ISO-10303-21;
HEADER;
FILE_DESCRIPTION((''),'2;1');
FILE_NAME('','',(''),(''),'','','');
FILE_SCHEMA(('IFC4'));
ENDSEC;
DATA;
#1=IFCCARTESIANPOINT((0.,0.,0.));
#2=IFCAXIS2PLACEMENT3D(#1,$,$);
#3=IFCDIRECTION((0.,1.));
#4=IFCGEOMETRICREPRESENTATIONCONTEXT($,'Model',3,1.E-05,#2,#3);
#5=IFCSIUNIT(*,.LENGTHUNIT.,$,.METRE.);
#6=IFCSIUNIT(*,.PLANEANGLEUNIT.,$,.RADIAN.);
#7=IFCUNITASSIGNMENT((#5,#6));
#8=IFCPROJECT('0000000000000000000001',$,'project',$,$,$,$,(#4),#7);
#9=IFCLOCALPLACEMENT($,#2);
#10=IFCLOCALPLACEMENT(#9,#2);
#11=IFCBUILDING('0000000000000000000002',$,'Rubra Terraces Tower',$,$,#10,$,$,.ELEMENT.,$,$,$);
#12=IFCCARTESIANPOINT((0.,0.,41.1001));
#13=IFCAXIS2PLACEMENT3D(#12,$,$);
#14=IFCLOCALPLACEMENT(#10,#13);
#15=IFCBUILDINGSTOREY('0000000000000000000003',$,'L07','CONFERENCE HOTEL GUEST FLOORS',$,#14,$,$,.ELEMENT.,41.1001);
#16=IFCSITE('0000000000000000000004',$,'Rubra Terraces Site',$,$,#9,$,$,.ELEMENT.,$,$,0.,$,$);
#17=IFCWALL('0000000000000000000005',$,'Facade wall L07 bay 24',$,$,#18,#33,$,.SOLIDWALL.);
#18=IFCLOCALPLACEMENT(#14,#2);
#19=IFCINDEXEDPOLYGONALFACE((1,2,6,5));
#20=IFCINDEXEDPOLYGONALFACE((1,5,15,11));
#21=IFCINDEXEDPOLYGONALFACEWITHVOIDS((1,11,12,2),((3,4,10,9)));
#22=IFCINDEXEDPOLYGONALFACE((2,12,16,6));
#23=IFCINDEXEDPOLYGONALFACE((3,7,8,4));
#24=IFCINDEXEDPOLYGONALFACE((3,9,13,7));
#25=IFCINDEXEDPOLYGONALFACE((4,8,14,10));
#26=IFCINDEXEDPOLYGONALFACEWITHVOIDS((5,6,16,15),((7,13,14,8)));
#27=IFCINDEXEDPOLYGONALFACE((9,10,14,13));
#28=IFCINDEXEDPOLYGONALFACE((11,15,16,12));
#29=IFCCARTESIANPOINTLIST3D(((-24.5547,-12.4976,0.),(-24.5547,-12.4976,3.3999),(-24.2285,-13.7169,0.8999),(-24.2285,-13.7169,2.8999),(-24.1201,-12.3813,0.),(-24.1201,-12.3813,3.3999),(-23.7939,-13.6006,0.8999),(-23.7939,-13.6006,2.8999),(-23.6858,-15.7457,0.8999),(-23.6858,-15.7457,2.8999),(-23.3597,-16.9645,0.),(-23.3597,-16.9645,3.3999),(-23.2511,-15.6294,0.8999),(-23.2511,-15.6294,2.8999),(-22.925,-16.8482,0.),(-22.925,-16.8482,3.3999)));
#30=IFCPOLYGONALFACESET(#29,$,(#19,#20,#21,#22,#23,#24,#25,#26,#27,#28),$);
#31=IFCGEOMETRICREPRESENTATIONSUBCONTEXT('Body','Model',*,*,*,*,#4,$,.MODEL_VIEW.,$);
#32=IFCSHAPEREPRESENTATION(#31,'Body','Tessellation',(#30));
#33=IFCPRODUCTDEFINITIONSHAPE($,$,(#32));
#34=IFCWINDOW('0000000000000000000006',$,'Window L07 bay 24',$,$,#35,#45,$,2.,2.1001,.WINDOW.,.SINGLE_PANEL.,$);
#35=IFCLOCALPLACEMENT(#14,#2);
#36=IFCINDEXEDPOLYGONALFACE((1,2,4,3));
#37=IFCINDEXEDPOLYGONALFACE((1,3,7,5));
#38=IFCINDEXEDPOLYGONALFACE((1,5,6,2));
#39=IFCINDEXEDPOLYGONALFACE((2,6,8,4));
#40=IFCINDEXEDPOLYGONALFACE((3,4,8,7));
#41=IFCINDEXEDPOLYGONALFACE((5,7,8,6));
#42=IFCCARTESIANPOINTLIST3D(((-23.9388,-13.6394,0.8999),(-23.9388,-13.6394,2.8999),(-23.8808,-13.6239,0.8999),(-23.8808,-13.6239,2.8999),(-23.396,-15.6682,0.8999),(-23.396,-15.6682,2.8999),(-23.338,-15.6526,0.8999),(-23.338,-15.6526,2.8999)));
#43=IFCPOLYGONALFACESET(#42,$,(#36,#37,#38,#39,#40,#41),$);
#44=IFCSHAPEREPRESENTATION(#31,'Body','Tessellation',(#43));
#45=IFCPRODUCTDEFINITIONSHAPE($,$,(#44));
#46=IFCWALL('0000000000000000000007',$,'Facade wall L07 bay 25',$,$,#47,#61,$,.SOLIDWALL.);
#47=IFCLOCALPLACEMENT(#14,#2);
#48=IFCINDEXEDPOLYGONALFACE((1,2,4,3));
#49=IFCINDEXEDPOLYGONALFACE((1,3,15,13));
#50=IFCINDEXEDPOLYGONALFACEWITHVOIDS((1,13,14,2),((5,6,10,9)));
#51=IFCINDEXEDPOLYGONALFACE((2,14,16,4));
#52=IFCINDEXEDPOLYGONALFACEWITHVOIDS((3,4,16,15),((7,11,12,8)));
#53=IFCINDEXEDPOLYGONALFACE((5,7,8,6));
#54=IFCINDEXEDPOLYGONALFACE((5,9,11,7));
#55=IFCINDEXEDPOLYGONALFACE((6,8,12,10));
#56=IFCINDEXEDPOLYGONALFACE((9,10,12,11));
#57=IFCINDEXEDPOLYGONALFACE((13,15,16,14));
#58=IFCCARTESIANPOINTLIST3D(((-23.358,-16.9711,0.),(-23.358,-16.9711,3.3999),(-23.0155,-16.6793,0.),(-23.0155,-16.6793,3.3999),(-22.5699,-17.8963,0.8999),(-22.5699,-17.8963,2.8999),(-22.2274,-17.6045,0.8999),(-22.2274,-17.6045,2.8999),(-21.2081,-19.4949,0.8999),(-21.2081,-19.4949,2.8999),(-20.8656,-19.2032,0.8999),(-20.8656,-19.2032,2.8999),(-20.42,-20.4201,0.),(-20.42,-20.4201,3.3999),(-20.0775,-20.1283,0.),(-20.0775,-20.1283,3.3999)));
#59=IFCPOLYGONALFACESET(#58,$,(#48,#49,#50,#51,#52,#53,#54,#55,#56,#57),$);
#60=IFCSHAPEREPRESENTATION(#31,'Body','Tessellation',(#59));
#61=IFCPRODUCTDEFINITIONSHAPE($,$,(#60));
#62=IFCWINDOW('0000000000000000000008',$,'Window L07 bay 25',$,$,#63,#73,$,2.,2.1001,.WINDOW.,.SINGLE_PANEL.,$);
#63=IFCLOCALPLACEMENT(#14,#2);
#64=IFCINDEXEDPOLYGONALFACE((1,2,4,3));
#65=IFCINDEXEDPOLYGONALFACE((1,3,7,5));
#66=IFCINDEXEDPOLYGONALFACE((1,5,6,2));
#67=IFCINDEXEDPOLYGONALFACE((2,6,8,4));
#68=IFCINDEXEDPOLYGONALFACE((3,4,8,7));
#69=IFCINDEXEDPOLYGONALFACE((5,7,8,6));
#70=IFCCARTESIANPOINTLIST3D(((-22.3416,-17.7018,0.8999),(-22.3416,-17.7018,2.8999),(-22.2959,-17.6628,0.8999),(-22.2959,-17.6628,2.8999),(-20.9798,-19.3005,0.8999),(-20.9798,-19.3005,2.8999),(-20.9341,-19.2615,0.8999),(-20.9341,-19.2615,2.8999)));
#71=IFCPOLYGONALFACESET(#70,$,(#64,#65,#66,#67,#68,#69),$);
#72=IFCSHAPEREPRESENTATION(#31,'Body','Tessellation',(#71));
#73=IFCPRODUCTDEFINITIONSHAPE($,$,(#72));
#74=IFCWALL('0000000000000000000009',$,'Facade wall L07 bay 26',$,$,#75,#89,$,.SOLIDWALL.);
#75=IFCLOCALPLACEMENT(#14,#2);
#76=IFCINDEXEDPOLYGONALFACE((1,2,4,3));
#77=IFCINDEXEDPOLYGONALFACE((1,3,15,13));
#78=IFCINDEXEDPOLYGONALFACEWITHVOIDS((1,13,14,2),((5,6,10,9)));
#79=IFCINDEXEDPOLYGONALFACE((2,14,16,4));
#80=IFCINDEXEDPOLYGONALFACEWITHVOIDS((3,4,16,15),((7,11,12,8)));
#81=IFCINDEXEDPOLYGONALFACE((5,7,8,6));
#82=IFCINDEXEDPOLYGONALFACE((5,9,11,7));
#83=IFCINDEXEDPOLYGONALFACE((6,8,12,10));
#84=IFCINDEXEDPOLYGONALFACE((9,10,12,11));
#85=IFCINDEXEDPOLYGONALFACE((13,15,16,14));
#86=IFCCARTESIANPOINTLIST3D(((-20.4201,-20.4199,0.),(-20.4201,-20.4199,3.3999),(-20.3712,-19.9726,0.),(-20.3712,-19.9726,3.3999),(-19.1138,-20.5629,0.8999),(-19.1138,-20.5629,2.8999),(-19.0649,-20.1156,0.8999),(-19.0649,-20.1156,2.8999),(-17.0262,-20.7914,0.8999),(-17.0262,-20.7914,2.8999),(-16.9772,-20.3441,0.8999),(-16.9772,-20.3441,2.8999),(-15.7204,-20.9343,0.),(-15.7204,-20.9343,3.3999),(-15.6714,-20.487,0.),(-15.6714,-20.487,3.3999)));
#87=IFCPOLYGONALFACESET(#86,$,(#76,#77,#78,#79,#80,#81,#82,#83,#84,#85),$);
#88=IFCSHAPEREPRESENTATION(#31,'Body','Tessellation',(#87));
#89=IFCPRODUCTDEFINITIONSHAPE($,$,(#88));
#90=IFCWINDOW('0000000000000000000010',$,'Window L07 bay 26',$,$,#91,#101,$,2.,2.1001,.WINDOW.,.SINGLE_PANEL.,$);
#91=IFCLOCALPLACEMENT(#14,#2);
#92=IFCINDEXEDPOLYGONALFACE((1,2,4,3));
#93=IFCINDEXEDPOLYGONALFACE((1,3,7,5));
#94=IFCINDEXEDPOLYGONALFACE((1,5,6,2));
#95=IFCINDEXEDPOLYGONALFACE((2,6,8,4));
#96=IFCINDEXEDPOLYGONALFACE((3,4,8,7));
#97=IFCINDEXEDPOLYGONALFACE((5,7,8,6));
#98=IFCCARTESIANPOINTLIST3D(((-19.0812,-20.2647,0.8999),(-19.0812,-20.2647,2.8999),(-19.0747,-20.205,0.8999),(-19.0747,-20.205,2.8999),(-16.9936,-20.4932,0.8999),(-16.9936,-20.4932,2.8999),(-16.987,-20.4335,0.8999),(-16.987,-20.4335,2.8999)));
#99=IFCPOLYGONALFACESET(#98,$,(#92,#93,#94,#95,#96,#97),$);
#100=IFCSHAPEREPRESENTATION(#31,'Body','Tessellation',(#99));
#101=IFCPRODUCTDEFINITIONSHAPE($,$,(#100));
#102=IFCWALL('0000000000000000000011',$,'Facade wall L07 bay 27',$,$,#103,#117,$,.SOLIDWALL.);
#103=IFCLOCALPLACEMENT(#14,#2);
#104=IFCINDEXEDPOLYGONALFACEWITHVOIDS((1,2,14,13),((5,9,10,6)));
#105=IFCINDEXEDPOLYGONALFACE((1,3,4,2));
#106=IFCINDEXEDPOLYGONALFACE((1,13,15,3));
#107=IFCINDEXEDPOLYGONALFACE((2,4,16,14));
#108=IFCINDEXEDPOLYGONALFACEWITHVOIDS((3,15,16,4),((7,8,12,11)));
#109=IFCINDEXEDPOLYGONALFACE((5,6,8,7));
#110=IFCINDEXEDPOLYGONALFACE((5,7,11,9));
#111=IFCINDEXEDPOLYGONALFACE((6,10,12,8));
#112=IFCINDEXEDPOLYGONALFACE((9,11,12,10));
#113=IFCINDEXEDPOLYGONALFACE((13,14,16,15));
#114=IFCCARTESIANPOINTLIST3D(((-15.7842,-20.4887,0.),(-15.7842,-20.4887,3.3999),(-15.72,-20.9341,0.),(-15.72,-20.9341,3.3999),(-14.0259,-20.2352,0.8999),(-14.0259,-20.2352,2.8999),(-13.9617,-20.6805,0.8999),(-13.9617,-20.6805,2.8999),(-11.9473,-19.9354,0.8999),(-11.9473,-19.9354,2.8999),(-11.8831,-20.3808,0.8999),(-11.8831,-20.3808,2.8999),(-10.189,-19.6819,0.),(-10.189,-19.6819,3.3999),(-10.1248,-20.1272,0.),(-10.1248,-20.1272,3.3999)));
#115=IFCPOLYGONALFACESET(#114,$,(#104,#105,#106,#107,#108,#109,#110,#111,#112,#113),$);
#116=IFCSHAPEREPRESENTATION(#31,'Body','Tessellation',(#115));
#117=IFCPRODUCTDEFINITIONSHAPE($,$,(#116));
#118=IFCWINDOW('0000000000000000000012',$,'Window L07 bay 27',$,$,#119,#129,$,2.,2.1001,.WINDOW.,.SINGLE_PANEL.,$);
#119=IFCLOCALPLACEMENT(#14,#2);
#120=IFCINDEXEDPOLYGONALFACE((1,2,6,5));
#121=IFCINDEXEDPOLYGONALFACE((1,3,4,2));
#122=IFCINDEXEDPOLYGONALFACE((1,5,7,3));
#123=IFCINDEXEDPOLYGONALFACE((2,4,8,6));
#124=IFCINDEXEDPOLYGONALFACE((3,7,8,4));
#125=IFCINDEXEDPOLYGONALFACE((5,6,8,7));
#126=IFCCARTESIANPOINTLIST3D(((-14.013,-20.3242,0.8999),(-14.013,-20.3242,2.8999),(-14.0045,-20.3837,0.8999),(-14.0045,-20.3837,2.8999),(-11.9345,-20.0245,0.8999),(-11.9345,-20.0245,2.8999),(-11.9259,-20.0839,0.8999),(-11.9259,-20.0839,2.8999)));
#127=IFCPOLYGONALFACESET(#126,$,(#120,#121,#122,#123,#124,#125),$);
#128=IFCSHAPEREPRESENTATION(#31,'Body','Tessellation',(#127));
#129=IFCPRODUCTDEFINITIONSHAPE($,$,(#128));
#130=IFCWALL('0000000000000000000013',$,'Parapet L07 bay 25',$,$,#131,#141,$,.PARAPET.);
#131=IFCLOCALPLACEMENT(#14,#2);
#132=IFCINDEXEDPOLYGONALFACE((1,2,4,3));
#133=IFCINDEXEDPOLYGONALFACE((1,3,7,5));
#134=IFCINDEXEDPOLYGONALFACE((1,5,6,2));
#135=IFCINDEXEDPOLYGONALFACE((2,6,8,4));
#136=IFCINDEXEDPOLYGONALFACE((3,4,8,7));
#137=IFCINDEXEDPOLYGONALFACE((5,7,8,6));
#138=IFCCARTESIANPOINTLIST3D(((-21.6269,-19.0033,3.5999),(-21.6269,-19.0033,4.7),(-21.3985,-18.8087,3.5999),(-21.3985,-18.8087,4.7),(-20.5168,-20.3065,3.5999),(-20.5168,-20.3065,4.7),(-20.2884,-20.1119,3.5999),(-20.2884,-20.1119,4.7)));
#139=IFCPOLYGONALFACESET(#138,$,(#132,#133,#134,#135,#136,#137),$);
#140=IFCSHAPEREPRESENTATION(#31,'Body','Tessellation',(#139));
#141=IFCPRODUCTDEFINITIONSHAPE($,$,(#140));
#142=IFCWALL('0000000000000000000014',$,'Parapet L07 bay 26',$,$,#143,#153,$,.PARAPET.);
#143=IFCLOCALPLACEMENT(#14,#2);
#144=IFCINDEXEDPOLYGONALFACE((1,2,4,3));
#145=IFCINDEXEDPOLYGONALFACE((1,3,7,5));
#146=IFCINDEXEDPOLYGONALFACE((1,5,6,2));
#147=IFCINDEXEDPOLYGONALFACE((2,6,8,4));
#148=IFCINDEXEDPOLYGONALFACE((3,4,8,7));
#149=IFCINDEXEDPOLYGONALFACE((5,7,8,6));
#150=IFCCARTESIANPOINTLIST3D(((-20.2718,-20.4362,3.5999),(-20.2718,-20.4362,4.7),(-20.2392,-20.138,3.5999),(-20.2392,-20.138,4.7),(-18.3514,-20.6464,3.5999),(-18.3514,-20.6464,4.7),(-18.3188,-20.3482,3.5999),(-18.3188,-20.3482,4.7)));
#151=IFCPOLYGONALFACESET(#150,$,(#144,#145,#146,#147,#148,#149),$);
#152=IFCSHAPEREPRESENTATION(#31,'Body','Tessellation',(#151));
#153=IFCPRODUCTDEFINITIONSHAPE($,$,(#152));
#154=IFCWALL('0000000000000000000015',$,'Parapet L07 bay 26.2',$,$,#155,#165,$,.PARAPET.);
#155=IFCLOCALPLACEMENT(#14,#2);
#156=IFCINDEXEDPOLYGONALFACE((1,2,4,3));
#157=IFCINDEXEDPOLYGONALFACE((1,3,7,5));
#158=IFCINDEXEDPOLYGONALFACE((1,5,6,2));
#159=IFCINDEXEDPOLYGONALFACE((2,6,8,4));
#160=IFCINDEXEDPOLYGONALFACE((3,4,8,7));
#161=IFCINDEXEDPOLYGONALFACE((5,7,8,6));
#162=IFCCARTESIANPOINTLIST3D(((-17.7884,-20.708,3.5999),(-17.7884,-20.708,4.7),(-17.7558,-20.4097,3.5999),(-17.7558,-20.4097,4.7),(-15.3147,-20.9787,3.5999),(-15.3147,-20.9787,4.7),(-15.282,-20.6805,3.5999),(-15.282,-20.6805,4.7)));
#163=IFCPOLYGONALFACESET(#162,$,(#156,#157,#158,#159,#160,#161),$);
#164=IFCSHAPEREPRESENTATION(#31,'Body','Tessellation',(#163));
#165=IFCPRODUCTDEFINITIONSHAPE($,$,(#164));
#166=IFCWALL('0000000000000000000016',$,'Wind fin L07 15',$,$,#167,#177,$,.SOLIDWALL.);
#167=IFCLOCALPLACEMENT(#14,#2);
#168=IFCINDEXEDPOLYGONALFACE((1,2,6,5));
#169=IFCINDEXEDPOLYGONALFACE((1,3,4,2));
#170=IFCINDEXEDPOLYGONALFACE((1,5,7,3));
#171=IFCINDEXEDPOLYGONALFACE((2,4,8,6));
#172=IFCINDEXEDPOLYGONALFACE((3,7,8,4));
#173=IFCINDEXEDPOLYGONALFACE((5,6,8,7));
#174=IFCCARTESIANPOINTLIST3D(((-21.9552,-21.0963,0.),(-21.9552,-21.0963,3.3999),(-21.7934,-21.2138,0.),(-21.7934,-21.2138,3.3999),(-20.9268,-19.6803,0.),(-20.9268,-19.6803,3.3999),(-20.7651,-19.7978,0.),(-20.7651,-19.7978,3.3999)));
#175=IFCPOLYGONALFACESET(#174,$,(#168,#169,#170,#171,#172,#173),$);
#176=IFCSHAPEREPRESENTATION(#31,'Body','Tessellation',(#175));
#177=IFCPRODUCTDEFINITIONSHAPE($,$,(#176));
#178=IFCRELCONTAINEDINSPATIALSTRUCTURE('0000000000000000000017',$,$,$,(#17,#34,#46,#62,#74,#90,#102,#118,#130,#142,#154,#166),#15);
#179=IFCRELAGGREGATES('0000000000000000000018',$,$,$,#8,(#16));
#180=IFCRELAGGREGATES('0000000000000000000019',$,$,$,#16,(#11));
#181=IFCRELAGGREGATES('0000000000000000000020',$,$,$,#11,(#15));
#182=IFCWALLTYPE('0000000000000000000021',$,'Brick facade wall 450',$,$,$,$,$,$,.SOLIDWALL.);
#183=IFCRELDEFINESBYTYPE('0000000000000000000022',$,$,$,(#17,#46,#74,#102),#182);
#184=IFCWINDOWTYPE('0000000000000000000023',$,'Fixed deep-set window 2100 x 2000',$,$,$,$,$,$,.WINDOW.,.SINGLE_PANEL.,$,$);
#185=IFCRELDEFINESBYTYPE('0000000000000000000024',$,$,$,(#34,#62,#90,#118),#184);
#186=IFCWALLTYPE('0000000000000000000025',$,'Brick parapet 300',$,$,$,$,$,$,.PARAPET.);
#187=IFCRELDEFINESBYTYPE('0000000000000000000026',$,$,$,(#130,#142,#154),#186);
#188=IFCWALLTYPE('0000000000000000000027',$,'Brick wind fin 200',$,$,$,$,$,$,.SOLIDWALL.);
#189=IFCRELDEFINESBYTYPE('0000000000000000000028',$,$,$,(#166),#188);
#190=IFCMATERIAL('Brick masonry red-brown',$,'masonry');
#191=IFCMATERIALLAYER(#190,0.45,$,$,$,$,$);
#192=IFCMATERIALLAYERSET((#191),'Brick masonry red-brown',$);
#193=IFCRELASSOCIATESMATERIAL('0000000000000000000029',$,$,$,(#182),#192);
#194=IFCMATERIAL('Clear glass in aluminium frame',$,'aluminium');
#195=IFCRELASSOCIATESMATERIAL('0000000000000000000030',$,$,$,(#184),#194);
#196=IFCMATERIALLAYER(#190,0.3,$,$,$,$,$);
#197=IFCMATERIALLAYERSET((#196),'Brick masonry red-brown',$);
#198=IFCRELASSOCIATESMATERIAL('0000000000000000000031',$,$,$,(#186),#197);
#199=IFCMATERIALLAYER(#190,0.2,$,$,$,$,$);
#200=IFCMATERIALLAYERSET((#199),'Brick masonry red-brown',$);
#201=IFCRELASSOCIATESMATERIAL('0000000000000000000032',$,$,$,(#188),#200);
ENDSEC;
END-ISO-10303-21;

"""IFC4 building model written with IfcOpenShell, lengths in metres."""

from ifc_helpers import new_model, si_unit, direction, frame, frame_2d, origin, place, context, subcontext, project, spatial, rectangle, extrude, material, layer, layer_set, type_object, element, fill, save


model = new_model("IFC4")

# Units and contexts
model_context = context("Model", 3, precision=1e-05, world=origin(), true_north=direction((0.0, 1.0)))
body_context = subcontext(model_context, "Body", "Model", "MODEL_VIEW")
ifc_project = project(units=[si_unit("LENGTHUNIT", "METRE"), si_unit("PLANEANGLEUNIT", "RADIAN")], contexts=[model_context])

# Site, building, storey
site_placement = place(None, origin())
site = spatial("IfcSite", under=ifc_project, at=site_placement, Name="Rubra Terraces Site", CompositionType="ELEMENT", RefElevation=0.0)
building_placement = place(site_placement, origin())
building = spatial("IfcBuilding", under=site, at=building_placement, Name="Rubra Terraces Tower", CompositionType="ELEMENT")
storey_placement = place(building_placement, frame((0.0, 0.0, 41.1001)))
storey = spatial("IfcBuildingStorey", under=building, at=storey_placement, Name="L07", Description="CONFERENCE HOTEL GUEST FLOORS", CompositionType="ELEMENT", Elevation=41.1001)

# Walls, openings, windows
ifc_material_1 = material(Name="Brick masonry red-brown", Category="masonry")
ifc_layer_1 = layer(ifc_material_1, 0.45)
ifc_layer_set_1 = layer_set([ifc_layer_1], Name="Brick masonry red-brown")
wall_type_1 = type_object("IfcWallType", Name="Brick facade wall 450", PredefinedType="SOLIDWALL", material=ifc_layer_set_1)
wall_1_placement = place(storey_placement, frame((-24.3374, -12.4395, 0.0), z_axis=(0.0, 0.0, 1.0), x_axis=(0.258441, -0.966027, 0.0)))
wall_1 = element("IfcWall", 1, at=wall_1_placement, inside=storey, type_object=wall_type_1, Name="Facade wall L07 bay 24", PredefinedType="SOLIDWALL", context=body_context, shape_type="SweptSolid", body=[
    extrude(rectangle(XDim=4.624, YDim=0.45, at=frame_2d((2.312, 0.0))), origin(), (0.0, 0.0, 1.0), 3.3999),
])
opening_1_placement = place(wall_1_placement, frame((1.2622, 0.0, 0.8999)))
opening_1 = element("IfcOpeningElement", 2, at=opening_1_placement, cuts=wall_1, PredefinedType="OPENING", context=body_context, shape_type="SweptSolid", body=[
    extrude(rectangle(XDim=2.1001, YDim=2.0, at=frame_2d((1.05, 1.0))), frame((0.0, 0.2349, 0.0), z_axis=(0.0, -1.0, 0.0), x_axis=(1.0, 0.0, 0.0)), (0.0, 0.0, 1.0), 0.47),
])
ifc_material_2 = material(Name="Clear glass in aluminium frame", Category="aluminium")
window_type = type_object("IfcWindowType", Name="Fixed deep-set window 2100 x 2000", PartitioningType="SINGLE_PANEL", PredefinedType="WINDOW", material=ifc_material_2)
window_1_placement = place(opening_1_placement, origin())
window_1 = element("IfcWindow", 3, at=window_1_placement, inside=storey, type_object=window_type, Name="Window L07 bay 24", OverallHeight=2.0, OverallWidth=2.1001, PartitioningType="SINGLE_PANEL", PredefinedType="WINDOW", context=body_context, shape_type="SweptSolid", body=[
    extrude(rectangle(XDim=2.1001, YDim=2.0, at=frame_2d((1.05, 1.0))), frame((0.0, 0.135, 0.0), z_axis=(0.0, -1.0, 0.0), x_axis=(1.0, 0.0, 0.0)), (0.0, 0.0, 1.0), 0.0601),
])
fill(opening_1, window_1)
wall_2_placement = place(storey_placement, frame((-23.1868, -16.8252, 0.0), z_axis=(0.0, 0.0, 1.0), x_axis=(0.648463, -0.761246, 0.0)))
wall_2 = element("IfcWall", 4, at=wall_2_placement, inside=storey, type_object=wall_type_1, Name="Facade wall L07 bay 25", PredefinedType="SOLIDWALL", context=body_context, shape_type="SweptSolid", body=[
    extrude(rectangle(XDim=4.5308, YDim=0.45, at=frame_2d((2.2654, 0.0))), origin(), (0.0, 0.0, 1.0), 3.3999),
])
opening_2_placement = place(wall_2_placement, frame((1.2153, 0.0, 0.8999)))
opening_2 = element("IfcOpeningElement", 5, at=opening_2_placement, cuts=wall_2, PredefinedType="OPENING", context=body_context, shape_type="SweptSolid", body=[
    extrude(rectangle(XDim=2.1001, YDim=2.0, at=frame_2d((1.05, 1.0))), frame((0.0, 0.2349, 0.0), z_axis=(0.0, -1.0, 0.0), x_axis=(1.0, 0.0, 0.0)), (0.0, 0.0, 1.0), 0.47),
])
window_2_placement = place(opening_2_placement, origin())
window_2 = element("IfcWindow", 6, at=window_2_placement, inside=storey, type_object=window_type, Name="Window L07 bay 25", OverallHeight=2.0, OverallWidth=2.1001, PartitioningType="SINGLE_PANEL", PredefinedType="WINDOW", context=body_context, shape_type="SweptSolid", body=[
    extrude(rectangle(XDim=2.1001, YDim=2.0, at=frame_2d((1.05, 1.0))), frame((0.0, 0.135, 0.0), z_axis=(0.0, -1.0, 0.0), x_axis=(1.0, 0.0, 0.0)), (0.0, 0.0, 1.0), 0.0601),
])
fill(opening_2, window_2)
wall_3_placement = place(storey_placement, frame((-20.3955, -20.1963, 0.0), z_axis=(0.0, 0.0, 1.0), x_axis=(0.994063, -0.108805, 0.0)))
wall_3 = element("IfcWall", 7, at=wall_3_placement, inside=storey, type_object=wall_type_1, Name="Facade wall L07 bay 26", PredefinedType="SOLIDWALL", context=body_context, shape_type="SweptSolid", body=[
    extrude(rectangle(XDim=4.7278, YDim=0.45, at=frame_2d((2.3638, 0.0))), origin(), (0.0, 0.0, 1.0), 3.3999),
])
opening_3_placement = place(wall_3_placement, frame((1.314, 0.0, 0.8999)))
opening_3 = element("IfcOpeningElement", 8, at=opening_3_placement, cuts=wall_3, PredefinedType="OPENING", context=body_context, shape_type="SweptSolid", body=[
    extrude(rectangle(XDim=2.1001, YDim=2.0, at=frame_2d((1.05, 1.0))), frame((0.0, 0.2349, 0.0), z_axis=(0.0, -1.0, 0.0), x_axis=(1.0, 0.0, 0.0)), (0.0, 0.0, 1.0), 0.47),
])
window_3_placement = place(opening_3_placement, origin())
window_3 = element("IfcWindow", 9, at=window_3_placement, inside=storey, type_object=window_type, Name="Window L07 bay 26", OverallHeight=2.0, OverallWidth=2.1001, PartitioningType="SINGLE_PANEL", PredefinedType="WINDOW", context=body_context, shape_type="SweptSolid", body=[
    extrude(rectangle(XDim=2.1001, YDim=2.0, at=frame_2d((1.05, 1.0))), frame((0.0, 0.135, 0.0), z_axis=(0.0, -1.0, 0.0), x_axis=(1.0, 0.0, 0.0)), (0.0, 0.0, 1.0), 0.0601),
])
fill(opening_3, window_3)
wall_4_placement = place(storey_placement, frame((-15.7522, -20.7114, 0.0), z_axis=(0.0, 0.0, 1.0), x_axis=(0.989761, 0.142733, 0.0)))
wall_4 = element("IfcWall", 10, at=wall_4_placement, inside=storey, type_object=wall_type_1, Name="Facade wall L07 bay 27", PredefinedType="SOLIDWALL", context=body_context, shape_type="SweptSolid", body=[
    extrude(rectangle(XDim=5.6531, YDim=0.45, at=frame_2d((2.8267, 0.0))), origin(), (0.0, 0.0, 1.0), 3.3999),
])
opening_4_placement = place(wall_4_placement, frame((1.7766, 0.0, 0.8999)))
opening_4 = element("IfcOpeningElement", 11, at=opening_4_placement, cuts=wall_4, PredefinedType="OPENING", context=body_context, shape_type="SweptSolid", body=[
    extrude(rectangle(XDim=2.1001, YDim=2.0, at=frame_2d((1.05, 1.0))), frame((0.0, 0.2349, 0.0), z_axis=(0.0, -1.0, 0.0), x_axis=(1.0, 0.0, 0.0)), (0.0, 0.0, 1.0), 0.47),
])
window_4_placement = place(opening_4_placement, origin())
window_4 = element("IfcWindow", 12, at=window_4_placement, inside=storey, type_object=window_type, Name="Window L07 bay 27", OverallHeight=2.0, OverallWidth=2.1001, PartitioningType="SINGLE_PANEL", PredefinedType="WINDOW", context=body_context, shape_type="SweptSolid", body=[
    extrude(rectangle(XDim=2.1001, YDim=2.0, at=frame_2d((1.05, 1.0))), frame((0.0, 0.135, 0.0), z_axis=(0.0, -1.0, 0.0), x_axis=(1.0, 0.0, 0.0)), (0.0, 0.0, 1.0), 0.0601),
])
fill(opening_4, window_4)

# Walls
ifc_layer_2 = layer(ifc_material_1, 0.3)
ifc_layer_set_2 = layer_set([ifc_layer_2], Name="Brick masonry red-brown")
wall_type_2 = type_object("IfcWallType", Name="Brick parapet 300", PredefinedType="PARAPET", material=ifc_layer_set_2)
wall_5_placement = place(storey_placement, frame((-21.5127, -18.906, 3.5999), z_axis=(0.0, 0.0, 1.0), x_axis=(0.648451, -0.761256, 0.0)))
element("IfcWall", 13, at=wall_5_placement, inside=storey, type_object=wall_type_2, Name="Parapet L07 bay 25", PredefinedType="PARAPET", context=body_context, shape_type="SweptSolid", body=[
    extrude(rectangle(XDim=1.7119, YDim=0.3, at=frame_2d((0.856, 0.0))), origin(), (0.0, 0.0, 1.0), 1.1001),
])
wall_6_placement = place(storey_placement, frame((-20.2554, -20.2871, 3.5999), z_axis=(0.0, 0.0, 1.0), x_axis=(0.994063, -0.108809, 0.0)))
element("IfcWall", 14, at=wall_6_placement, inside=storey, type_object=wall_type_2, Name="Parapet L07 bay 26", PredefinedType="PARAPET", context=body_context, shape_type="SweptSolid", body=[
    extrude(rectangle(XDim=1.9319, YDim=0.3, at=frame_2d((0.9658, 0.0))), origin(), (0.0, 0.0, 1.0), 1.1001),
])
wall_7_placement = place(storey_placement, frame((-17.772, -20.5588, 3.5999), z_axis=(0.0, 0.0, 1.0), x_axis=(0.994063, -0.108805, 0.0)))
element("IfcWall", 15, at=wall_7_placement, inside=storey, type_object=wall_type_2, Name="Parapet L07 bay 26.2", PredefinedType="PARAPET", context=body_context, shape_type="SweptSolid", body=[
    extrude(rectangle(XDim=2.4885, YDim=0.3, at=frame_2d((1.2441, 0.0))), origin(), (0.0, 0.0, 1.0), 1.1001),
])
ifc_layer_3 = layer(ifc_material_1, 0.2)
ifc_layer_set_3 = layer_set([ifc_layer_3], Name="Brick masonry red-brown")
wall_type_3 = type_object("IfcWallType", Name="Brick wind fin 200", PredefinedType="SOLIDWALL", material=ifc_layer_set_3)
wall_8_placement = place(storey_placement, frame((-20.8459, -19.739, 0.0), z_axis=(0.0, 0.0, 1.0), x_axis=(-0.587607, -0.809146, 0.0)))
element("IfcWall", 16, at=wall_8_placement, inside=storey, type_object=wall_type_3, Name="Wind fin L07 15", PredefinedType="SOLIDWALL", context=body_context, shape_type="SweptSolid", body=[
    extrude(rectangle(XDim=1.75, YDim=0.2, at=frame_2d((0.875, 0.0))), origin(), (0.0, 0.0, 1.0), 3.3999),
])

save(model, "model.ifc")
